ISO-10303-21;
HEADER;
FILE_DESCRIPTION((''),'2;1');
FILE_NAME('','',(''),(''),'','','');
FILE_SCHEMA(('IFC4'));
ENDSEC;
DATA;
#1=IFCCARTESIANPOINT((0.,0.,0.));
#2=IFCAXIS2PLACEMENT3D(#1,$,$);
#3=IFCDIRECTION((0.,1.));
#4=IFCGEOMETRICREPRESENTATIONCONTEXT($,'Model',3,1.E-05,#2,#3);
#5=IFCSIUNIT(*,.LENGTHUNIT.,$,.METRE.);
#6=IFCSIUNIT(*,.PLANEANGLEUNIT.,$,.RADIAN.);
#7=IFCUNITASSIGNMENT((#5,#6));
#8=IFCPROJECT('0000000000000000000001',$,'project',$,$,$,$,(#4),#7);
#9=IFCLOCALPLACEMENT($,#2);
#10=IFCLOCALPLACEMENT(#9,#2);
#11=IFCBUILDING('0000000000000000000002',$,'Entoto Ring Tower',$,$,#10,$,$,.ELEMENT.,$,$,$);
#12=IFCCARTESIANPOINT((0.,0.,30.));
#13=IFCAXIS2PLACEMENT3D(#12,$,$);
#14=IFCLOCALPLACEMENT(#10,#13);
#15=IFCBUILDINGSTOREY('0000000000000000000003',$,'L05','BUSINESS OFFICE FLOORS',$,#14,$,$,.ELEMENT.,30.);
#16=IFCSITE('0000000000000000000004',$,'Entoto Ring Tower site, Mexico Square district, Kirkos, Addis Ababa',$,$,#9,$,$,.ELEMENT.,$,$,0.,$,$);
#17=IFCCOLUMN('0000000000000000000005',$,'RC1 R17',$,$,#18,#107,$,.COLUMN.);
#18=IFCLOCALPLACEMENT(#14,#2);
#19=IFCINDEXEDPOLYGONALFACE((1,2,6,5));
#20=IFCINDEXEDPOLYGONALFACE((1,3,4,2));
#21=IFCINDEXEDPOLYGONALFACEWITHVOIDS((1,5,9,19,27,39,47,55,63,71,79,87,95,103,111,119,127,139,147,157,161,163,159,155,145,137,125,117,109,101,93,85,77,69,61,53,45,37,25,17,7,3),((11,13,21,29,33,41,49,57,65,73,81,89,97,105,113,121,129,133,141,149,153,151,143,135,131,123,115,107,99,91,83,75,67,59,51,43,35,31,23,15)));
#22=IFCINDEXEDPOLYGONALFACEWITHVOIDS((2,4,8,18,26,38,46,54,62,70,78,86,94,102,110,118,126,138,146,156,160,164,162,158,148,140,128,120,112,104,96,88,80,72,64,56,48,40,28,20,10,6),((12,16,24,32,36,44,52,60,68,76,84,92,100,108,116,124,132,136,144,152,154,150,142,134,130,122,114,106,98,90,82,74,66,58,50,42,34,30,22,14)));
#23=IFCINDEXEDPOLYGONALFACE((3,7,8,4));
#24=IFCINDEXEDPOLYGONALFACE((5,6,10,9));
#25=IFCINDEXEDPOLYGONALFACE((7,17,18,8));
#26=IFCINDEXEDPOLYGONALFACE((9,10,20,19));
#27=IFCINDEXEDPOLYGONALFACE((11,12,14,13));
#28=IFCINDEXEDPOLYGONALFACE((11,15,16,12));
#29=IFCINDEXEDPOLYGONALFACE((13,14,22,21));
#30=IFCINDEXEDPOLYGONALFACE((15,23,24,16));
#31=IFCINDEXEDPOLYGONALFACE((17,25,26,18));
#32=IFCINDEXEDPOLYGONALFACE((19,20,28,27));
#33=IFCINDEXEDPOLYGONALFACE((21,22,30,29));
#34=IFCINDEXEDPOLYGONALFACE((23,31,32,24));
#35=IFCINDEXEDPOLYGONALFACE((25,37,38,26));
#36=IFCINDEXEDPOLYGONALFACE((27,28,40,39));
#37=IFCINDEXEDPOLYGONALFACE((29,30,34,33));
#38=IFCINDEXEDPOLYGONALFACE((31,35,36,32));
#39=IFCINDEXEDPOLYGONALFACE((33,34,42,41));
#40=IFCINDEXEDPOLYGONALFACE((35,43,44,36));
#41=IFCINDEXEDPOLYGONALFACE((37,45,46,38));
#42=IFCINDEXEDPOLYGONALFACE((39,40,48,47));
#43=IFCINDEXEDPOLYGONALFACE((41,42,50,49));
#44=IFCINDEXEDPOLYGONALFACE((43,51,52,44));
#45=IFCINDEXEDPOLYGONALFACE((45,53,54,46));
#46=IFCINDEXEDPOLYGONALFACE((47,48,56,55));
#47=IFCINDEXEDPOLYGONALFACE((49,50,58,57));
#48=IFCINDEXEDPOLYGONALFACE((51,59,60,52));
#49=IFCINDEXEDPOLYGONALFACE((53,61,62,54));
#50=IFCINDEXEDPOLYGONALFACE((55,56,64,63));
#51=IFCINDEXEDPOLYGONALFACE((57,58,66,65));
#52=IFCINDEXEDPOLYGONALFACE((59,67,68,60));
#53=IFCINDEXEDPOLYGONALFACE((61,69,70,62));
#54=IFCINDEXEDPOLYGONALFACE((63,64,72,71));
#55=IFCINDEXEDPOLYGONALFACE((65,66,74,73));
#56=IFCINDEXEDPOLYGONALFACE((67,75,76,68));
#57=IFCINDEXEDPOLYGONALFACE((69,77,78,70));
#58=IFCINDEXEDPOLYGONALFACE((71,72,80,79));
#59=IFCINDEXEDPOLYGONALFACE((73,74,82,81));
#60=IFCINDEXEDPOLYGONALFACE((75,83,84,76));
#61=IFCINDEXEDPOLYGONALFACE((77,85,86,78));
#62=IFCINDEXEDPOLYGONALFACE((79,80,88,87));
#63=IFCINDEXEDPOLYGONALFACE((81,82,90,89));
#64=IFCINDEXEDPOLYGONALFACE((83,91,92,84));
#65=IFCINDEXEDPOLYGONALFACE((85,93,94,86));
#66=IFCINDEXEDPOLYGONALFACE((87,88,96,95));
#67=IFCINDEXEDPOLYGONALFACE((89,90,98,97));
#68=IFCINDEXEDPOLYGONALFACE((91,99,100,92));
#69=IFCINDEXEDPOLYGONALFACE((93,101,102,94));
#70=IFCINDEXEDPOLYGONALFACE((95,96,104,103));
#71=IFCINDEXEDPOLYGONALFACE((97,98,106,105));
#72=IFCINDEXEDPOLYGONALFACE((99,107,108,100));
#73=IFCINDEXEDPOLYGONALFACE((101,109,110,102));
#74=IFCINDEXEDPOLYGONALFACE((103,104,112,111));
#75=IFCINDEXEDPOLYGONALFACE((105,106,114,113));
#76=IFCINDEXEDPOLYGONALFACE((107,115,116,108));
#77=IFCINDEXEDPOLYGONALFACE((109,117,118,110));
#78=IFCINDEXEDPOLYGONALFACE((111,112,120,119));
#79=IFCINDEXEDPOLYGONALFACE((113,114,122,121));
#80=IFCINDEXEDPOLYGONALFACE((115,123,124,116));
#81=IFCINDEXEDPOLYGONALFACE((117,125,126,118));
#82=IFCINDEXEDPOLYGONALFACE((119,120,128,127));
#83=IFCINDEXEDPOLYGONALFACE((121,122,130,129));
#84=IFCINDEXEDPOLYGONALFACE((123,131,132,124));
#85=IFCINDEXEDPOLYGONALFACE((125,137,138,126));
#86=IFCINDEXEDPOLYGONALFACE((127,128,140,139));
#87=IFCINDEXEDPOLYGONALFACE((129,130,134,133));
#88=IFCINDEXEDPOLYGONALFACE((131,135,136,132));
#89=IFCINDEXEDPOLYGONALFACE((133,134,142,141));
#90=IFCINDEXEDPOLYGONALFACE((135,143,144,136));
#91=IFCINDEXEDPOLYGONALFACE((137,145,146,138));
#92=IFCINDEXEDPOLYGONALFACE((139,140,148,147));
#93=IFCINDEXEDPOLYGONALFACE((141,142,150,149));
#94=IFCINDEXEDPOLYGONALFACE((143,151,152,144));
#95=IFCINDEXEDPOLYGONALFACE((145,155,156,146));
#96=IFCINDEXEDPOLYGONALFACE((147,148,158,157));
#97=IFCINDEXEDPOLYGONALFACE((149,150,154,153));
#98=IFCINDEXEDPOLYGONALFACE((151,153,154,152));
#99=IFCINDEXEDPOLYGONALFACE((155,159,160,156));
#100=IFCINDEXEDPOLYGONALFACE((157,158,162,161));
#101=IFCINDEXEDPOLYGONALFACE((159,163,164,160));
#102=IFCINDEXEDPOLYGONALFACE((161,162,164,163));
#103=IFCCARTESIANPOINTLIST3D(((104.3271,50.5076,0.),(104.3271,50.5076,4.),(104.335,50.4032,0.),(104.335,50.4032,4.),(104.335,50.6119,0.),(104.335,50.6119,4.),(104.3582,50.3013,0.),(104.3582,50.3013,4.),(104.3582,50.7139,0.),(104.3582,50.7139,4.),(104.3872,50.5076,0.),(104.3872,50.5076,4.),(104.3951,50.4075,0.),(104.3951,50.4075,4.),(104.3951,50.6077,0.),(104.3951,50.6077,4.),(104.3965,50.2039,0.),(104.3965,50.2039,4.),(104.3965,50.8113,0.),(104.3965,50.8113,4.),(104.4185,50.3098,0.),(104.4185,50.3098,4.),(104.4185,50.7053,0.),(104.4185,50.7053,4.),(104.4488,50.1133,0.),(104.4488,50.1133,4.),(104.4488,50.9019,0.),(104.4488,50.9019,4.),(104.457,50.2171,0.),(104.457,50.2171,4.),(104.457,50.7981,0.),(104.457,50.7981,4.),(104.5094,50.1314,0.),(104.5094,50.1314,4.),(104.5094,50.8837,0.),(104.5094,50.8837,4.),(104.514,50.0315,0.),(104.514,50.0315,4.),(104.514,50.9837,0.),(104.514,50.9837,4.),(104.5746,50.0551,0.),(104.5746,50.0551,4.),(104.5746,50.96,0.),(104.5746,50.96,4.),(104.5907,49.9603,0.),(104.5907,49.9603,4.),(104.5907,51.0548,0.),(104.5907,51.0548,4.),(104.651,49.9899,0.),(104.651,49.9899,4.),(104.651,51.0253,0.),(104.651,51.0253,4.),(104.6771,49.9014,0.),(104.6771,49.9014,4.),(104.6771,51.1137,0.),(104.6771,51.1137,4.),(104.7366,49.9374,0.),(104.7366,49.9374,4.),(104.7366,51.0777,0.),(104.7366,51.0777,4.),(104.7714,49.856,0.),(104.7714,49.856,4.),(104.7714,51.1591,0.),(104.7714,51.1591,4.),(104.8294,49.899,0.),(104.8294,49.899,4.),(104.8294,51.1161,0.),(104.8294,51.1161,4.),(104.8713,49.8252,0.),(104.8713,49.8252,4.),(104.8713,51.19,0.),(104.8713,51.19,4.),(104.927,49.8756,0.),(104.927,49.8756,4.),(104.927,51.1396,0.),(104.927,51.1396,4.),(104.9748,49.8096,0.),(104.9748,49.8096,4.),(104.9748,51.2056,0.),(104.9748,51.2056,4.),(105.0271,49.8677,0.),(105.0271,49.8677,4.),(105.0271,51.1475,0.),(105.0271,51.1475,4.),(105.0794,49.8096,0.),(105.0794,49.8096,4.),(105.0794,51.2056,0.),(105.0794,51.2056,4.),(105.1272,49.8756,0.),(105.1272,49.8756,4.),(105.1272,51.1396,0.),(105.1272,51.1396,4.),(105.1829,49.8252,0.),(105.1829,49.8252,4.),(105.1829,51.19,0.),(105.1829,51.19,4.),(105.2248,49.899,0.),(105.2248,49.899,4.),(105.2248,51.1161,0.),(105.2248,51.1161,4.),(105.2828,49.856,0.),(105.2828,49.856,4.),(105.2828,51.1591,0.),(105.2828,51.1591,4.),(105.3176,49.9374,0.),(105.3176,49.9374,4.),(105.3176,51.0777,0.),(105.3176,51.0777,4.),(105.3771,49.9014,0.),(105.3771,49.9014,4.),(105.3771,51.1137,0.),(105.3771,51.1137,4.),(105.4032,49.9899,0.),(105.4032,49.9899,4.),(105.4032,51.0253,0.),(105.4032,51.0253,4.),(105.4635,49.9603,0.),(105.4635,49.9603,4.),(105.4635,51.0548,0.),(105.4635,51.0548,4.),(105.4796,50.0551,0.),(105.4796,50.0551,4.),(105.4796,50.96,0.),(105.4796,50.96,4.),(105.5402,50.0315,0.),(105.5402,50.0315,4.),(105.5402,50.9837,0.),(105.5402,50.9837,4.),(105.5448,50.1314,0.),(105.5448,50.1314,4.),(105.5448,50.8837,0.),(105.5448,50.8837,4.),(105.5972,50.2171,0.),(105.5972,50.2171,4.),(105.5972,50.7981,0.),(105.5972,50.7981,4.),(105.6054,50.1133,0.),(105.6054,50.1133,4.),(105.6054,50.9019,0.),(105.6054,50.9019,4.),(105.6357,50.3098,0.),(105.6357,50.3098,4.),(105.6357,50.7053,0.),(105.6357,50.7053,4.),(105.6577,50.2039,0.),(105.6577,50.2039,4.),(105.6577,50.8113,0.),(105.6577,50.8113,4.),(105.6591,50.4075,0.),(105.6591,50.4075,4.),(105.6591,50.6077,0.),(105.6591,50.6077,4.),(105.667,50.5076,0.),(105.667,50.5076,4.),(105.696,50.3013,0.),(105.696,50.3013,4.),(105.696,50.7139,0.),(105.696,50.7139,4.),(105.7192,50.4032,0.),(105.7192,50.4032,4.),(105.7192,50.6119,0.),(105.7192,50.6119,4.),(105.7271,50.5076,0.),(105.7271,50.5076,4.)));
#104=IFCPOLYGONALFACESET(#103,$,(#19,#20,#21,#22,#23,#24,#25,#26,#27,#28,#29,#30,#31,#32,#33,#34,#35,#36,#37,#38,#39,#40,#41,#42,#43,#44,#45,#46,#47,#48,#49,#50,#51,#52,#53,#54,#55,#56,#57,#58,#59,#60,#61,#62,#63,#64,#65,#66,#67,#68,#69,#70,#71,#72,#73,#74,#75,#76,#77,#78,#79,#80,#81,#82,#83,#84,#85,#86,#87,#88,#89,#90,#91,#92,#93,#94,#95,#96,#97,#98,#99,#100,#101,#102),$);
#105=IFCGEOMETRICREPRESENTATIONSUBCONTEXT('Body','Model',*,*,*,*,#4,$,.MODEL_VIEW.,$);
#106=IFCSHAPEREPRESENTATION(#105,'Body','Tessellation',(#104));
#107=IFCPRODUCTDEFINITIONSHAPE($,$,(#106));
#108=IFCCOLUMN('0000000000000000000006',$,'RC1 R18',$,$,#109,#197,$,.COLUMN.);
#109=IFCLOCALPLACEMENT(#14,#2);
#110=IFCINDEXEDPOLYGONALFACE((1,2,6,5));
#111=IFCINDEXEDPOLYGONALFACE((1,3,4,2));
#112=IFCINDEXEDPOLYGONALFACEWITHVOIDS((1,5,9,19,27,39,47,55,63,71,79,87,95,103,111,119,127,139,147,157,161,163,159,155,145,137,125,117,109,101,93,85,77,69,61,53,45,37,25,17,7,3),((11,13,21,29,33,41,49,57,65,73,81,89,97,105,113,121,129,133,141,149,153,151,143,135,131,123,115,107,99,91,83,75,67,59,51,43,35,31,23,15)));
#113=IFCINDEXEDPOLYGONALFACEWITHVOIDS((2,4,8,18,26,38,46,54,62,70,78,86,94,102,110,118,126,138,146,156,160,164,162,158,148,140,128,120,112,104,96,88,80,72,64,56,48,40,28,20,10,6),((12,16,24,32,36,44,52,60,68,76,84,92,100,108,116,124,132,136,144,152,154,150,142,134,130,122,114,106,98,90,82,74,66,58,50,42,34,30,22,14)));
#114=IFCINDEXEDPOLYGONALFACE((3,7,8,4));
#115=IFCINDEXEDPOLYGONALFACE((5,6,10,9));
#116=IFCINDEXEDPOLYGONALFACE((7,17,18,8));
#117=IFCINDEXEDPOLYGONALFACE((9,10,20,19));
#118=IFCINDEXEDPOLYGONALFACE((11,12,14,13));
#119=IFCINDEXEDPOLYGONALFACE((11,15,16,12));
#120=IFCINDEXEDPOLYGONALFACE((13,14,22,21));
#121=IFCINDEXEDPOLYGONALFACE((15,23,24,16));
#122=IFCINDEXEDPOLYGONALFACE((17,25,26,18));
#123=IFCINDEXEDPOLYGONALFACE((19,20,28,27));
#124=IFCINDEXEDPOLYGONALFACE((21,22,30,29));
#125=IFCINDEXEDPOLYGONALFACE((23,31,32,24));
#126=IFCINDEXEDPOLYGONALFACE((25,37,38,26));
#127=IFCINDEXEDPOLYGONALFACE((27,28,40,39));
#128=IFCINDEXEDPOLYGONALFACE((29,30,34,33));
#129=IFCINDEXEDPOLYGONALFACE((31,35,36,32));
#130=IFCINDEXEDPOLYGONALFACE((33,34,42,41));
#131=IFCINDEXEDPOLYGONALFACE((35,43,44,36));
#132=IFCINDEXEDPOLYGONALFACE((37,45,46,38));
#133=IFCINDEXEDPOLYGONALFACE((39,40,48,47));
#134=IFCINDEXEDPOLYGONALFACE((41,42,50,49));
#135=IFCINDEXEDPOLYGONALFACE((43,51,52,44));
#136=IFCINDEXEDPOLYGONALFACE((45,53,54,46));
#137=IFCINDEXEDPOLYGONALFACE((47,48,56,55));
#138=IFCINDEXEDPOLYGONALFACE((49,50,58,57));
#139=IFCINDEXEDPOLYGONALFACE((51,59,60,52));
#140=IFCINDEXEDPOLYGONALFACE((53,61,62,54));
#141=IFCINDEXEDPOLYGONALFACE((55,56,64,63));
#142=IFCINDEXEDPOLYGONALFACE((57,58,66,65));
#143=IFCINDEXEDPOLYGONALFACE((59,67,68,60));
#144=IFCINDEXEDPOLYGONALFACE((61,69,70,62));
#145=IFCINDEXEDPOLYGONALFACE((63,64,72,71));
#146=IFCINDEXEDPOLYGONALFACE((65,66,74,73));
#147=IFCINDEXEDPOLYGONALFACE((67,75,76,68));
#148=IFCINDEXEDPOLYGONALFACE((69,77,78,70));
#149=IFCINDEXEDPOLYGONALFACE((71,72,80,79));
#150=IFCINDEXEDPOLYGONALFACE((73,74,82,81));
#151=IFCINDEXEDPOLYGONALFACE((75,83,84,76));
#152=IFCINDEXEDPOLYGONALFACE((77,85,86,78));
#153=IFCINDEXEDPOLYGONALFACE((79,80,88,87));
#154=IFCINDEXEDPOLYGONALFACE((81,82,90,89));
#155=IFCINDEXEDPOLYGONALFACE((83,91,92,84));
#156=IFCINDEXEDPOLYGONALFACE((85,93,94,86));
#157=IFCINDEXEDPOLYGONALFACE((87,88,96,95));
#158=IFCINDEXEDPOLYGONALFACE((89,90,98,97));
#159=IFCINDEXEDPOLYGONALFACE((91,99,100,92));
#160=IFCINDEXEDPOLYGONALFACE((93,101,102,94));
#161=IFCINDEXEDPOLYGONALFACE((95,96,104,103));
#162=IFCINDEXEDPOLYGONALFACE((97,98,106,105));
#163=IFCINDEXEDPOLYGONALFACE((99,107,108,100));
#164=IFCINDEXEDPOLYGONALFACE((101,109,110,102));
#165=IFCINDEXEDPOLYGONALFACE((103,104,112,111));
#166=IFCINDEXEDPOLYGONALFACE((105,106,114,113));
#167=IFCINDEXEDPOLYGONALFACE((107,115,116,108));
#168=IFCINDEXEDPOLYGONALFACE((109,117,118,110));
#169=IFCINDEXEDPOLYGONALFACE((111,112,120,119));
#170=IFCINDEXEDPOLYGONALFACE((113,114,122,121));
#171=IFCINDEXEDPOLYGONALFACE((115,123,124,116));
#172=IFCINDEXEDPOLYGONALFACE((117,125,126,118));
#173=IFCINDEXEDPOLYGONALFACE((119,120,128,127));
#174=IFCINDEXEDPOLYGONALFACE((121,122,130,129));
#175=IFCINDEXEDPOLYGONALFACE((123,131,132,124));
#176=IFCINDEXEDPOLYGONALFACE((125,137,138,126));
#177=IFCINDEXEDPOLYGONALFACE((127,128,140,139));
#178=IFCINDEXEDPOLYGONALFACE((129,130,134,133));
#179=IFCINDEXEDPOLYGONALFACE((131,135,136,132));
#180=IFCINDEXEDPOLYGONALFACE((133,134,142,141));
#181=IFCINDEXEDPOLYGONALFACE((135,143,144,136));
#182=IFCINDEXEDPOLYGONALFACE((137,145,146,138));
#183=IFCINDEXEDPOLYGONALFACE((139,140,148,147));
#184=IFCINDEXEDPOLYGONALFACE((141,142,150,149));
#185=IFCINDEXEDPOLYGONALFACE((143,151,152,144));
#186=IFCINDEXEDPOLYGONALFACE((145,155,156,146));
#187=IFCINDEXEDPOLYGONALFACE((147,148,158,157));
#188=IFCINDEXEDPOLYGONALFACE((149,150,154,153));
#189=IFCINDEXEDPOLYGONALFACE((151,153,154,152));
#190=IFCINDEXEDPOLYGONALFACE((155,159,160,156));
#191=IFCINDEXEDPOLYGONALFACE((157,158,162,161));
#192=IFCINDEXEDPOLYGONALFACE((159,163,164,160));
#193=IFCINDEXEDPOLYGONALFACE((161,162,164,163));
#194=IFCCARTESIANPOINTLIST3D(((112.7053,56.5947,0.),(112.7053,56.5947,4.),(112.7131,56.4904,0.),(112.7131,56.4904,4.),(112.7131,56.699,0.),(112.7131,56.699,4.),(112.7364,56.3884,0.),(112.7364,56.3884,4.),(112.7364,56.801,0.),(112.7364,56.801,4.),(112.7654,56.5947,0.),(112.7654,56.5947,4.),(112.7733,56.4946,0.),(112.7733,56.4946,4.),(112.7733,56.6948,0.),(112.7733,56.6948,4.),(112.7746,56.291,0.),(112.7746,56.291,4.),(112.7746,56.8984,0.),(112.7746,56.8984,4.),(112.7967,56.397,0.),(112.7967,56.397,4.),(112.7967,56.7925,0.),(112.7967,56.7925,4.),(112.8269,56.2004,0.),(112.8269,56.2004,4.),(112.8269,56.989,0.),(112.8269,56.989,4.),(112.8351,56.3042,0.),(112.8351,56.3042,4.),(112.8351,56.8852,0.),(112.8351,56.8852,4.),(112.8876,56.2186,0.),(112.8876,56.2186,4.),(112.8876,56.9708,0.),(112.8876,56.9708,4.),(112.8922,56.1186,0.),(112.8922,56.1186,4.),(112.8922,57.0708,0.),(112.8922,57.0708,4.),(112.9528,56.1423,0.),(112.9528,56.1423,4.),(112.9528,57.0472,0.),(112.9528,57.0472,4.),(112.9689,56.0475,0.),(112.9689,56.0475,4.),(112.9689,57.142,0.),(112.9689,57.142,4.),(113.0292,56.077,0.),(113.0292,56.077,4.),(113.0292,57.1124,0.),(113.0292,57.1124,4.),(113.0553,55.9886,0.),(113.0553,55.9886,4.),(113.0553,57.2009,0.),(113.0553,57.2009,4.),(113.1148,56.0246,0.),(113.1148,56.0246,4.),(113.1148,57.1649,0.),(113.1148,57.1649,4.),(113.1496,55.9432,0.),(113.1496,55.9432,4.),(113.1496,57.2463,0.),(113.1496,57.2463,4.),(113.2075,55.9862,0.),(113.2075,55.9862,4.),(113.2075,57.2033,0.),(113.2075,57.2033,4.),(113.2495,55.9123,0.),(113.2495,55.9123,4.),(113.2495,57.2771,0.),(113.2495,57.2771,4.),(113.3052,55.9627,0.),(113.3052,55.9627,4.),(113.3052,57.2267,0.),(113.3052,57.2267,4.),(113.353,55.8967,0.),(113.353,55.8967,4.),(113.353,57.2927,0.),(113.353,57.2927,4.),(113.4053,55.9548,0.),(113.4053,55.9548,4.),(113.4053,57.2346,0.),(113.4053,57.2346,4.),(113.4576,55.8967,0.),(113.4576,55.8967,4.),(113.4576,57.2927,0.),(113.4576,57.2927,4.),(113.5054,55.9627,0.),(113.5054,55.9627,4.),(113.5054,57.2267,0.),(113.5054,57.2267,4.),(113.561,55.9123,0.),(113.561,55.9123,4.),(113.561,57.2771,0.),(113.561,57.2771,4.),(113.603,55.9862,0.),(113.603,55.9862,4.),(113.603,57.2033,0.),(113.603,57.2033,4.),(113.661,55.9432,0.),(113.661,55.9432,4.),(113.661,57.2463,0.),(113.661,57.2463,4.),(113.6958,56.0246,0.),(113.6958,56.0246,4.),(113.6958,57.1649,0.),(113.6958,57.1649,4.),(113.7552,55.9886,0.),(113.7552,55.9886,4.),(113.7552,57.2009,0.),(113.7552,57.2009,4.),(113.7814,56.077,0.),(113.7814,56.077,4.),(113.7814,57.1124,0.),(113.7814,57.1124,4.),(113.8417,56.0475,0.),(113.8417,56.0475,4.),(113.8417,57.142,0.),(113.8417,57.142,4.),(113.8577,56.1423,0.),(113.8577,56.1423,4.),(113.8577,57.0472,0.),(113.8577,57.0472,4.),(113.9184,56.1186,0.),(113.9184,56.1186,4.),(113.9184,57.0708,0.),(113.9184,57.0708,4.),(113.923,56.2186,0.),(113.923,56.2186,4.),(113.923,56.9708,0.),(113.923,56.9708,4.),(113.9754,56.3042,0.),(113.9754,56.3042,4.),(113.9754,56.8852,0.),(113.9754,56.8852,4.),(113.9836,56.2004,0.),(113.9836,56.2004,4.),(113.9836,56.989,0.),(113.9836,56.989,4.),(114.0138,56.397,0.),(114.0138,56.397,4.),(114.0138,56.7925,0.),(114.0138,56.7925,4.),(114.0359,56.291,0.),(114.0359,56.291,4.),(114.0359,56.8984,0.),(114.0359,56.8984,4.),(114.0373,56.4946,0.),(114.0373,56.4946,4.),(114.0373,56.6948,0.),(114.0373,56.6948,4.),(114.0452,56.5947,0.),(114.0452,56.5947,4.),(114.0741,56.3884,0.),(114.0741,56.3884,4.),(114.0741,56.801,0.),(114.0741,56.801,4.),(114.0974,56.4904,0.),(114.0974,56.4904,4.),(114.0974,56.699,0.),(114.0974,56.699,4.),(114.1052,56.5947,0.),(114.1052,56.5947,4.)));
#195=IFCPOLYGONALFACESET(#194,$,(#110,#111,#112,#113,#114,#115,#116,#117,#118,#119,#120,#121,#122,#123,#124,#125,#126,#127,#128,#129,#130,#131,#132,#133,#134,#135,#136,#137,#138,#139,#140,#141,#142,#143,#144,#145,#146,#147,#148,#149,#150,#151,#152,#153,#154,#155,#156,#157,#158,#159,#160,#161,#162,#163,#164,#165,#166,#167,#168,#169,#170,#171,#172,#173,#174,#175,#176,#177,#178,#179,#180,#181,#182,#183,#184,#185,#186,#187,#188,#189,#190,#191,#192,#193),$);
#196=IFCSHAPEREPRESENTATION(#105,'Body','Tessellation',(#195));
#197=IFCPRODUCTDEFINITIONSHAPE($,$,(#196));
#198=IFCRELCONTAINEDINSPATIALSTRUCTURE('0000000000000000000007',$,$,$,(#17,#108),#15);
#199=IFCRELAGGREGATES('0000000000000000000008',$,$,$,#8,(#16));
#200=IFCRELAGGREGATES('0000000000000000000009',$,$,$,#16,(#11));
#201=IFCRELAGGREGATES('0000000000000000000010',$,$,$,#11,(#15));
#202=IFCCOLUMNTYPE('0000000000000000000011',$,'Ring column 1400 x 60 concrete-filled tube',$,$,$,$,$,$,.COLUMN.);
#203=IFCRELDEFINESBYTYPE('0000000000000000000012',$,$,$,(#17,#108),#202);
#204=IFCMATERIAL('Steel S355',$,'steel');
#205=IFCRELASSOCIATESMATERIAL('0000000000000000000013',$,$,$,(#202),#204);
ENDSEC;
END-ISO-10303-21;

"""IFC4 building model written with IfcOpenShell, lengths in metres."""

from ifc_helpers import new_model, si_unit, direction, frame, origin, origin_2d, place, context, subcontext, project, spatial, circle, hollow_circle, extrude, material, material_profile, profile_set, type_object, element, save


model = new_model("IFC4")

# Units and contexts
model_context = context("Model", 3, precision=1e-05, world=origin(), true_north=direction((0.0, 1.0)))
body_context = subcontext(model_context, "Body", "Model", "MODEL_VIEW")
ifc_project = project(units=[si_unit("LENGTHUNIT", "METRE"), si_unit("PLANEANGLEUNIT", "RADIAN")], contexts=[model_context])

# Site, building, storey
site_placement = place(None, origin())
site = spatial("IfcSite", under=ifc_project, at=site_placement, Name="Entoto Ring Tower site, Mexico Square district, Kirkos, Addis Ababa", CompositionType="ELEMENT", RefElevation=0.0)
building_placement = place(site_placement, origin())
building = spatial("IfcBuilding", under=site, at=building_placement, Name="Entoto Ring Tower", CompositionType="ELEMENT")
storey_placement = place(building_placement, frame((0.0, 0.0, 30.0)))
storey = spatial("IfcBuildingStorey", under=building, at=storey_placement, Name="L05", Description="BUSINESS OFFICE FLOORS", CompositionType="ELEMENT", Elevation=30.0)

# Columns
ifc_material_1 = material(Name="Steel S355", Category="steel")
ifc_material_profile_1 = material_profile(ifc_material_1, hollow_circle(Radius=0.7, WallThickness=0.0601, at=origin_2d()), Name="CHS 1400 x 60")
ifc_material_2 = material(Name="Concrete C60/75", Category="concrete")
ifc_material_profile_2 = material_profile(ifc_material_2, circle(Radius=0.6399, at=origin_2d()), Name="Concrete C60/75 infill")
ifc_profile_set_1 = profile_set([ifc_material_profile_1, ifc_material_profile_2], Name="Steel S355")
column_type = type_object("IfcColumnType", Name="Ring column 1400 x 60 concrete-filled tube", PredefinedType="COLUMN", material=ifc_profile_set_1)
for number, where, z_axis, x_axis, name in (
    (1, (105.0271, 50.5076, 0.0), (0.0, 0.0, 1.0), (1.0, 0.0, 0.0), "RC1 R17"),
    (2, (113.4053, 56.5947, 0.0), (0.0, 0.0, 1.0), (1.0, 0.0, 0.0), "RC1 R18"),
):
    element("IfcColumn", number, at=place(storey_placement, frame(where, z_axis=z_axis, x_axis=x_axis)), inside=storey, type_object=column_type, Name=name, PredefinedType="COLUMN", context=body_context, shape_type="SweptSolid", body=[
        extrude(hollow_circle(Radius=0.7, WallThickness=0.0601, at=origin_2d()), origin(), (0.0, 0.0, 1.0), 4.0),
    ])

save(model, "model.ifc")
